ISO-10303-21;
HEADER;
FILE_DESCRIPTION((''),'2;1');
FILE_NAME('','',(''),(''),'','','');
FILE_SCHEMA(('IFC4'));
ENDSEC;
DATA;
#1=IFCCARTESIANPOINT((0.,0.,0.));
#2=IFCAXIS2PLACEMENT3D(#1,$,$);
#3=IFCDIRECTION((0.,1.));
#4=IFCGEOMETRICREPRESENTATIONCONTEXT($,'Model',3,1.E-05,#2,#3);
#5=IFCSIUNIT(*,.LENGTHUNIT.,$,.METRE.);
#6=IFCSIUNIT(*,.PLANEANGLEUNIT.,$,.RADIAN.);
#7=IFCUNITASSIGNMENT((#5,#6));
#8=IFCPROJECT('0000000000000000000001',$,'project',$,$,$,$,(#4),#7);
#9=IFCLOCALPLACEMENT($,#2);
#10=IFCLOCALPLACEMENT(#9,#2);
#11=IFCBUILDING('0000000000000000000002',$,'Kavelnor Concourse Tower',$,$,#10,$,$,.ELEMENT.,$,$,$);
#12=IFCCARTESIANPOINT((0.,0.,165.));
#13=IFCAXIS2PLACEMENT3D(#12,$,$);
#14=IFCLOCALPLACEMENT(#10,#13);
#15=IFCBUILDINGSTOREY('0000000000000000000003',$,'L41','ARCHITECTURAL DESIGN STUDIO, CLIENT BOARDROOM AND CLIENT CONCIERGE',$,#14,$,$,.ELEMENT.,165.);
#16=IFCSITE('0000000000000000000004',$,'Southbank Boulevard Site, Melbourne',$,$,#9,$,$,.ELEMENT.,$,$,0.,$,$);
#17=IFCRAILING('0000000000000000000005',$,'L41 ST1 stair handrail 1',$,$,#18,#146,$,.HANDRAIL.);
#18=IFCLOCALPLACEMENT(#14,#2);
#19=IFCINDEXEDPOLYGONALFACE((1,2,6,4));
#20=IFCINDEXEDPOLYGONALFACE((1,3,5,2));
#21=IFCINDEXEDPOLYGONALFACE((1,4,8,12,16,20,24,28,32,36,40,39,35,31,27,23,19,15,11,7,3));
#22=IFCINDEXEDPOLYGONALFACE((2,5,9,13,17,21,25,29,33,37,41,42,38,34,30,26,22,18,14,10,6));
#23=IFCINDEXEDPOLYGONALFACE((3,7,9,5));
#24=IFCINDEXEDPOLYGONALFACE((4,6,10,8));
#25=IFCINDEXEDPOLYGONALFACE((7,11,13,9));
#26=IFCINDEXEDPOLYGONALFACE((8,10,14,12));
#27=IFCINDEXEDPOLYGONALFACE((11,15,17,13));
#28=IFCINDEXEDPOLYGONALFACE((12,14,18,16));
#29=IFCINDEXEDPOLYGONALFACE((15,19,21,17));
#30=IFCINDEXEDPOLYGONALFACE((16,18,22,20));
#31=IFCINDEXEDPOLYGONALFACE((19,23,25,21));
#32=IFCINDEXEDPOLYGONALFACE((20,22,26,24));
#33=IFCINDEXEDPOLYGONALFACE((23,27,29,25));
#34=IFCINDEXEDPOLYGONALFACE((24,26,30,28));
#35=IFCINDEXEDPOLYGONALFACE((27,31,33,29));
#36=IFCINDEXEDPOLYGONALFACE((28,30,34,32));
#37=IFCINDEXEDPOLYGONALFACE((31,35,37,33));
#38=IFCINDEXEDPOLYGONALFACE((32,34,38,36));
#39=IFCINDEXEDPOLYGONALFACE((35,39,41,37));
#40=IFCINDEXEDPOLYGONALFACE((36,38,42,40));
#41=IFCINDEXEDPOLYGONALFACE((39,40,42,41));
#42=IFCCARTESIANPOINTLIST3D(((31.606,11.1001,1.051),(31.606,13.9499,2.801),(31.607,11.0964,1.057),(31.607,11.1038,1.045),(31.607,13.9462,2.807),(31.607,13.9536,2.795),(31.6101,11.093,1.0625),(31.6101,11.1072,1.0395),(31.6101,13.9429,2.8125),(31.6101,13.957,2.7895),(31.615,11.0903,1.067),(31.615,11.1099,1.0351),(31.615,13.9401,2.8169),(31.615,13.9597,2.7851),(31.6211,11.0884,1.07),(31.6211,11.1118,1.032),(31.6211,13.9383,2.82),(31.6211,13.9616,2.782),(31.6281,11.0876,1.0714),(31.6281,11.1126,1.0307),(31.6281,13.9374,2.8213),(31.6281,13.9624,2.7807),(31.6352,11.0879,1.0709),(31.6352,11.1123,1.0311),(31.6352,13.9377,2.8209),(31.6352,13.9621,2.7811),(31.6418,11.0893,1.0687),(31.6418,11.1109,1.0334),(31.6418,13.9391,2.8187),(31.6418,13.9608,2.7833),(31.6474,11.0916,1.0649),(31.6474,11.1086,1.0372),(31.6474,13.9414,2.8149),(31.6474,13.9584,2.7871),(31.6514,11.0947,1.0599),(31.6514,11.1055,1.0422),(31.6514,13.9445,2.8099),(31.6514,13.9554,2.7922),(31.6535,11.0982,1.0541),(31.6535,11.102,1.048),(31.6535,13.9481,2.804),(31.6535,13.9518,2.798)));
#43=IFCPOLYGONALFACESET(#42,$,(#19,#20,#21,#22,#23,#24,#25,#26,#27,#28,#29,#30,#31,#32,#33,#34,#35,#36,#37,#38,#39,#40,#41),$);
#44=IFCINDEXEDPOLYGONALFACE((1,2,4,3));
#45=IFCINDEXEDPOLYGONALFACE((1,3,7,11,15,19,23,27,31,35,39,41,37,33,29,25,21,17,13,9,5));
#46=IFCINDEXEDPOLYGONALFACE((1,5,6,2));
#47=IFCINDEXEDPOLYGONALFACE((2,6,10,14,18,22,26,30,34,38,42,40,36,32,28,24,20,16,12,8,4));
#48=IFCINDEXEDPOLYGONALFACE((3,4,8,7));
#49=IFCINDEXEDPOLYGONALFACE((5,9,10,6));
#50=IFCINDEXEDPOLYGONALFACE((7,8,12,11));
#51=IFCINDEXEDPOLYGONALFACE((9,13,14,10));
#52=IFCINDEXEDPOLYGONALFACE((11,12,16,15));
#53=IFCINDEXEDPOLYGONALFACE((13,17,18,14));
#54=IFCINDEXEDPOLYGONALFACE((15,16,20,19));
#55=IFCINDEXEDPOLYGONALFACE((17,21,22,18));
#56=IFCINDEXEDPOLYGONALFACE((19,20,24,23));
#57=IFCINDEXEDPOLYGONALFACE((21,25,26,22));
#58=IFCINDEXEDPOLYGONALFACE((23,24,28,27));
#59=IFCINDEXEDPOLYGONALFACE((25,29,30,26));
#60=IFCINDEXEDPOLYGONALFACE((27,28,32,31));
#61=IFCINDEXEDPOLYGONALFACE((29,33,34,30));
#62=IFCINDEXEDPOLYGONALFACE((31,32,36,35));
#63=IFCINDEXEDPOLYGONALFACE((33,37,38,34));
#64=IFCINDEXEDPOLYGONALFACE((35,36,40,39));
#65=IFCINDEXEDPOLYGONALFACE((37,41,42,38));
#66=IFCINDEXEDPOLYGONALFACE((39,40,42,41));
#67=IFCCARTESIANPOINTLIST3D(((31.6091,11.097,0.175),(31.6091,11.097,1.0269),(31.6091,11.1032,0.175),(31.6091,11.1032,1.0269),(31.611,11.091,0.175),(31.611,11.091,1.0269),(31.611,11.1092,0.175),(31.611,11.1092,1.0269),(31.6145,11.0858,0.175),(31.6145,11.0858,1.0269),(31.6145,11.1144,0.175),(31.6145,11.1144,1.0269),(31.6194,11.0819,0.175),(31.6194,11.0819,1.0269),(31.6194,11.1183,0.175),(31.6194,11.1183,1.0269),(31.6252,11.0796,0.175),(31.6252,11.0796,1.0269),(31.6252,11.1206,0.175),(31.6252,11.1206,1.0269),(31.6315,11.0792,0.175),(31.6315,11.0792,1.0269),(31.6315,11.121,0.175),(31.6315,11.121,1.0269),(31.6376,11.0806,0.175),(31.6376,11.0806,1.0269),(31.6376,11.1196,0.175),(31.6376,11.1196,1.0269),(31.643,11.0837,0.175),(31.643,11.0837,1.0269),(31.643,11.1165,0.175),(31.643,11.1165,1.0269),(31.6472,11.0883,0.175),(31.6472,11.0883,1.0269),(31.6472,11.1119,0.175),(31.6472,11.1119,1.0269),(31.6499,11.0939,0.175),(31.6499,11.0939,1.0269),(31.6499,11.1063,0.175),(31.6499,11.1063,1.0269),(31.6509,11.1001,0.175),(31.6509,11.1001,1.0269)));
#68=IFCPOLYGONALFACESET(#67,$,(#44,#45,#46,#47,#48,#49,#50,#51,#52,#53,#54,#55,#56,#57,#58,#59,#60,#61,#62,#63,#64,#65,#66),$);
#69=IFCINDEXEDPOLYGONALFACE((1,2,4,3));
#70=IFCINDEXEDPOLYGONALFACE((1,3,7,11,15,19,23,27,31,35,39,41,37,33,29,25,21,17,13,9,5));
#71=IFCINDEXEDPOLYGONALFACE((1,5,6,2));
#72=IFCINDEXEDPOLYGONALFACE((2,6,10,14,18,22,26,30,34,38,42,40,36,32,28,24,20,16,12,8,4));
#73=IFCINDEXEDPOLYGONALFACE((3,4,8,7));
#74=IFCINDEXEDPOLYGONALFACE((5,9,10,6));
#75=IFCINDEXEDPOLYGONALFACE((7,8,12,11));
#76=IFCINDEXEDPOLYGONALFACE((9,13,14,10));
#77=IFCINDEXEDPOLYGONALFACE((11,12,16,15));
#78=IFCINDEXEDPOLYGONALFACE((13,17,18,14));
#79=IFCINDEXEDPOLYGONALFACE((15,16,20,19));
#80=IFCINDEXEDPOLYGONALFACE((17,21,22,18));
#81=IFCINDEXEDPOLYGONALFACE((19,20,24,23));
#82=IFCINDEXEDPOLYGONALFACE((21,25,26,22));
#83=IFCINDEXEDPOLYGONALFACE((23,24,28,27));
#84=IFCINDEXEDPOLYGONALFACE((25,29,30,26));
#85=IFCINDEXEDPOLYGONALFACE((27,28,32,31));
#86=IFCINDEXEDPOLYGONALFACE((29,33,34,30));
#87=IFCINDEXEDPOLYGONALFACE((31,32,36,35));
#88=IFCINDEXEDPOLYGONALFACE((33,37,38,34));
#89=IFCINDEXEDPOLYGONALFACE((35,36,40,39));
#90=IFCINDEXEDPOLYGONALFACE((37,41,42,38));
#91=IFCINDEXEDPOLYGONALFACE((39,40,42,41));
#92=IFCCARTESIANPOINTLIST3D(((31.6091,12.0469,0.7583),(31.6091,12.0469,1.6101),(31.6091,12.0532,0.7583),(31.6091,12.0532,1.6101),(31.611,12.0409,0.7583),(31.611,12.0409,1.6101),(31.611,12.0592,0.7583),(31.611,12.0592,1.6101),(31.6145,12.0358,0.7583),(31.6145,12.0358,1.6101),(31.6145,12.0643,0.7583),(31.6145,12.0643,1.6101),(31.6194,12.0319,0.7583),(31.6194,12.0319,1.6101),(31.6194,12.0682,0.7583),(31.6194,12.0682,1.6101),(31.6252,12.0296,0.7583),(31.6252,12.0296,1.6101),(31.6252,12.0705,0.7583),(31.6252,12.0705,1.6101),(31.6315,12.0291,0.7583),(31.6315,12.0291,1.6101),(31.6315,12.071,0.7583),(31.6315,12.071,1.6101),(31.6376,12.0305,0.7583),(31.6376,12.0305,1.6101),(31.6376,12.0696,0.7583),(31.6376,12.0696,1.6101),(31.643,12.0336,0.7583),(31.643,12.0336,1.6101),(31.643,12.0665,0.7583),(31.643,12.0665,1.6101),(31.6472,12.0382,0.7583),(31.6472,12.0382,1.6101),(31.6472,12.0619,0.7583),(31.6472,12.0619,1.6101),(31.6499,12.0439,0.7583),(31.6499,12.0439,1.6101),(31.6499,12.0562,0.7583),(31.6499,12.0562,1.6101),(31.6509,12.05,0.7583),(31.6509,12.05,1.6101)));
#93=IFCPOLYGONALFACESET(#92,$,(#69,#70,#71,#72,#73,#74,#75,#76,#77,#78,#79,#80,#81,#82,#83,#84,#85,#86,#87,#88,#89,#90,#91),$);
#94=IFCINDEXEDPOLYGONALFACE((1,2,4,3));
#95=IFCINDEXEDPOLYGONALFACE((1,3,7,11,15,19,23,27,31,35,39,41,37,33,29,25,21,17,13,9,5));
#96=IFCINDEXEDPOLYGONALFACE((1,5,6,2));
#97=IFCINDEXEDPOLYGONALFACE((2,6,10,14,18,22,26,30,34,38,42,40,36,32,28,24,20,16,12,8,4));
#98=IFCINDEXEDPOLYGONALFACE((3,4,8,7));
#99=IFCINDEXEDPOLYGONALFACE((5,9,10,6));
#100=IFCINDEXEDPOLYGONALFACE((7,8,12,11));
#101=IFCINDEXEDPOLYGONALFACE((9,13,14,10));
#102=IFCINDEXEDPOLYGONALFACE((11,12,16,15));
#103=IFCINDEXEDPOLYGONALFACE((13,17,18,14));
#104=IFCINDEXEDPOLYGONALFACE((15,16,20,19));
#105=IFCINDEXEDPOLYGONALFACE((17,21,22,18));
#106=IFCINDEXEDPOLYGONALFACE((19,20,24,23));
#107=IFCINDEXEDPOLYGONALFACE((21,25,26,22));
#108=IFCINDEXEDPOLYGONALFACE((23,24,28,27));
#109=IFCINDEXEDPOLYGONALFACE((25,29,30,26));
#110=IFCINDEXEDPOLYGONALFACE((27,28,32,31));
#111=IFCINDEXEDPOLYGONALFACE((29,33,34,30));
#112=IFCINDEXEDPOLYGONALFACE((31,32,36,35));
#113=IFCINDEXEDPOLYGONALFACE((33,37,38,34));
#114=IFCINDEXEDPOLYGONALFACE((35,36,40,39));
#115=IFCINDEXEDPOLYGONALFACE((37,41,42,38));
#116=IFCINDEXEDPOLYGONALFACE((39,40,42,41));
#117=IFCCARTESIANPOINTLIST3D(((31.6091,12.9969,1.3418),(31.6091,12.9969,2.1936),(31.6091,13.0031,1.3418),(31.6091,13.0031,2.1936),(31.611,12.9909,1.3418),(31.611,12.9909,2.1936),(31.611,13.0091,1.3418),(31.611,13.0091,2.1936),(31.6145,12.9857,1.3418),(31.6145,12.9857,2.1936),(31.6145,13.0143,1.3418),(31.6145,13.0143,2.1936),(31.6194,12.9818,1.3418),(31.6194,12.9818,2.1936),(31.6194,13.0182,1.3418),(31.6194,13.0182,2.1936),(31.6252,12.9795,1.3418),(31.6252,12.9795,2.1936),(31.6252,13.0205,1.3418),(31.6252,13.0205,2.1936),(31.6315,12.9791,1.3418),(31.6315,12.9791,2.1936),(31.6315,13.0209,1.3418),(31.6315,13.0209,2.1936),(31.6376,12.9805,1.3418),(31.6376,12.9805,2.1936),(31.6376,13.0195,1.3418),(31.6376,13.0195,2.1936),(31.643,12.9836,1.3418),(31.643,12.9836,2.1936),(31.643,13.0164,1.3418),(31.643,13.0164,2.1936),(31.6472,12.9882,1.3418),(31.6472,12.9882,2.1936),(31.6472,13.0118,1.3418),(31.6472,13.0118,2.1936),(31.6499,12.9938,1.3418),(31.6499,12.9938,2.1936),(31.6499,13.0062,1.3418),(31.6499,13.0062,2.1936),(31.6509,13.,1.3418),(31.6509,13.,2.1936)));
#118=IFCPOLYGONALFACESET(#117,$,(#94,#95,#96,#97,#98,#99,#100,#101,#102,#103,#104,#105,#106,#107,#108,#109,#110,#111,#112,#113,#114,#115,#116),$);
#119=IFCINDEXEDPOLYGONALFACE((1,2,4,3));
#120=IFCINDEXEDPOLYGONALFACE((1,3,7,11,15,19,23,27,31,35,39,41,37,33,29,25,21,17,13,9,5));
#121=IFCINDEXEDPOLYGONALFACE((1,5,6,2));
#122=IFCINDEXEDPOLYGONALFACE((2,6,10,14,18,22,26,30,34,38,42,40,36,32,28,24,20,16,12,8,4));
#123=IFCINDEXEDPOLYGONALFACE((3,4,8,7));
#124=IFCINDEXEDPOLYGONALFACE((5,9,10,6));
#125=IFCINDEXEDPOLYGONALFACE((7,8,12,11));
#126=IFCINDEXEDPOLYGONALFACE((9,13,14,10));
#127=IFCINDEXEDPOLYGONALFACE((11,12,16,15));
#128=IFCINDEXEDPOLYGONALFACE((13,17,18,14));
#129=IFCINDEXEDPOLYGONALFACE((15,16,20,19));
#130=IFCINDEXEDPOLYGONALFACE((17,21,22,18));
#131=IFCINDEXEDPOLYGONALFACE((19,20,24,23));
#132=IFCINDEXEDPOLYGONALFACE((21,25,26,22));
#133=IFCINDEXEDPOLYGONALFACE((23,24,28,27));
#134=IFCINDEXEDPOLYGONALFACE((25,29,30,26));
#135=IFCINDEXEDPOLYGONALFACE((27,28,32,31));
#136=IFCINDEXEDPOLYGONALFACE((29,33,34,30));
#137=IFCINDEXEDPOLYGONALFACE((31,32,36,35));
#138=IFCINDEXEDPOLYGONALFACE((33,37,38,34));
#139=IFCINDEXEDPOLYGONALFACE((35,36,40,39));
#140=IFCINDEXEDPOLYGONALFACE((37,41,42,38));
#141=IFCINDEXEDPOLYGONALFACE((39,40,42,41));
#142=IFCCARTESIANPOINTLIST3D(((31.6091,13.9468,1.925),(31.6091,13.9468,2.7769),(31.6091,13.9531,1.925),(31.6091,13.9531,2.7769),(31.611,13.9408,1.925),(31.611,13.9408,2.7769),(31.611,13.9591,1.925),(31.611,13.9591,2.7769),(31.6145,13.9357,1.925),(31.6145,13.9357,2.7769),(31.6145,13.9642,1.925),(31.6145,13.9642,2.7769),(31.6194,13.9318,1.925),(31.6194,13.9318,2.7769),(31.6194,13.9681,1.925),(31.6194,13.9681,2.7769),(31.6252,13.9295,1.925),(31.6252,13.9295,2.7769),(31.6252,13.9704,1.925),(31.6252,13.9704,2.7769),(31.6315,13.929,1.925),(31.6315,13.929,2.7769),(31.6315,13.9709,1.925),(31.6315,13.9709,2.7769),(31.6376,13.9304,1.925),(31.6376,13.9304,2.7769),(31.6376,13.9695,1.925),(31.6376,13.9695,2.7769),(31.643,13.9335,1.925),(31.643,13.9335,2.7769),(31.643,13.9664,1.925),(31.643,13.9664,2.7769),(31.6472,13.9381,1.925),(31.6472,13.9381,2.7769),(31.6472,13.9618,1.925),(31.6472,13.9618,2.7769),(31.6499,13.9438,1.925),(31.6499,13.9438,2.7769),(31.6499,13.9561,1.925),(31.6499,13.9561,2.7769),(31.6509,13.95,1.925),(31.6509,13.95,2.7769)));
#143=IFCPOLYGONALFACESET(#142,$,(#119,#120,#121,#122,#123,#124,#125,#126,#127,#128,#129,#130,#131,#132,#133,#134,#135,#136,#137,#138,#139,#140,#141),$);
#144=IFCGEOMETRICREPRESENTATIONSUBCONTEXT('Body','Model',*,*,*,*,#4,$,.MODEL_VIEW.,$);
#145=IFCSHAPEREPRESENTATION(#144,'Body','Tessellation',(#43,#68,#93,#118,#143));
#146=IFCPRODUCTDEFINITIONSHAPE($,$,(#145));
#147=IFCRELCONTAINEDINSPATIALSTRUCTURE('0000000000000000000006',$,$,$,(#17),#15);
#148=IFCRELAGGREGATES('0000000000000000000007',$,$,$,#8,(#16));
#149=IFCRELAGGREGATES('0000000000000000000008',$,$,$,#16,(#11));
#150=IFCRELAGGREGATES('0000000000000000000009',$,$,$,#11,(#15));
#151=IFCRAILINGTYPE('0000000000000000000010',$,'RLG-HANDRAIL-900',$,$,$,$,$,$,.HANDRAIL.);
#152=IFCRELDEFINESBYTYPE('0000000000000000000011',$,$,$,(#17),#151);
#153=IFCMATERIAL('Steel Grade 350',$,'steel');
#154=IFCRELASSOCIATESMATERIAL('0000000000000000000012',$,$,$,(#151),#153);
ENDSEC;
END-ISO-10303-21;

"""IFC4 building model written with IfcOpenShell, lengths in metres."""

from ifc_helpers import new_model, si_unit, direction, frame, origin, origin_2d, place, context, subcontext, project, spatial, circle, extrude, material, type_object, element, save


model = new_model("IFC4")

# Units and contexts
model_context = context("Model", 3, precision=1e-05, world=origin(), true_north=direction((0.0, 1.0)))
body_context = subcontext(model_context, "Body", "Model", "MODEL_VIEW")
ifc_project = project(units=[si_unit("LENGTHUNIT", "METRE"), si_unit("PLANEANGLEUNIT", "RADIAN")], contexts=[model_context])

# Site, building, storey
site_placement = place(None, origin())
site = spatial("IfcSite", under=ifc_project, at=site_placement, Name="Southbank Boulevard Site, Melbourne", CompositionType="ELEMENT", RefElevation=0.0)
building_placement = place(site_placement, origin())
building = spatial("IfcBuilding", under=site, at=building_placement, Name="Kavelnor Concourse Tower", CompositionType="ELEMENT")
storey_placement = place(building_placement, frame((0.0, 0.0, 165.0)))
storey = spatial("IfcBuildingStorey", under=building, at=storey_placement, Name="L41", Description="ARCHITECTURAL DESIGN STUDIO, CLIENT BOARDROOM AND CLIENT CONCIERGE", CompositionType="ELEMENT", Elevation=165.0)

# Shared definitions
ifc_material_1 = material(Name="Steel Grade 350", Category="steel")

# Railing
railing_type_1 = type_object("IfcRailingType", Name="RLG-HANDRAIL-900", PredefinedType="HANDRAIL", material=ifc_material_1)
railing_1_placement = place(storey_placement, frame((31.6299, 11.1001, 0.175)))
element("IfcRailing", 1, at=railing_1_placement, inside=storey, type_object=railing_type_1, Name="L41 ST1 stair handrail 1", PredefinedType="HANDRAIL", context=body_context, shape_type="SweptSolid", body=[
    extrude(circle(Radius=0.0239, at=origin_2d()), frame((0.0, 0.0, 0.876), z_axis=(0.0, 0.852159, 0.523283), x_axis=(-1.0, 0.0, 0.0)), (0.0, 0.0, 1.0), 3.3442),
    extrude(circle(Radius=0.021, at=origin_2d()), origin(), (0.0, 0.0, 1.0), 0.8518),
    extrude(circle(Radius=0.021, at=origin_2d()), frame((0.0, 0.95, 0.5833)), (0.0, 0.0, 1.0), 0.8518),
    extrude(circle(Radius=0.021, at=origin_2d()), frame((0.0, 1.8999, 1.1667)), (0.0, 0.0, 1.0), 0.8518),
    extrude(circle(Radius=0.021, at=origin_2d()), frame((0.0, 2.8499, 1.75)), (0.0, 0.0, 1.0), 0.8518),
])

save(model, "model.ifc")
